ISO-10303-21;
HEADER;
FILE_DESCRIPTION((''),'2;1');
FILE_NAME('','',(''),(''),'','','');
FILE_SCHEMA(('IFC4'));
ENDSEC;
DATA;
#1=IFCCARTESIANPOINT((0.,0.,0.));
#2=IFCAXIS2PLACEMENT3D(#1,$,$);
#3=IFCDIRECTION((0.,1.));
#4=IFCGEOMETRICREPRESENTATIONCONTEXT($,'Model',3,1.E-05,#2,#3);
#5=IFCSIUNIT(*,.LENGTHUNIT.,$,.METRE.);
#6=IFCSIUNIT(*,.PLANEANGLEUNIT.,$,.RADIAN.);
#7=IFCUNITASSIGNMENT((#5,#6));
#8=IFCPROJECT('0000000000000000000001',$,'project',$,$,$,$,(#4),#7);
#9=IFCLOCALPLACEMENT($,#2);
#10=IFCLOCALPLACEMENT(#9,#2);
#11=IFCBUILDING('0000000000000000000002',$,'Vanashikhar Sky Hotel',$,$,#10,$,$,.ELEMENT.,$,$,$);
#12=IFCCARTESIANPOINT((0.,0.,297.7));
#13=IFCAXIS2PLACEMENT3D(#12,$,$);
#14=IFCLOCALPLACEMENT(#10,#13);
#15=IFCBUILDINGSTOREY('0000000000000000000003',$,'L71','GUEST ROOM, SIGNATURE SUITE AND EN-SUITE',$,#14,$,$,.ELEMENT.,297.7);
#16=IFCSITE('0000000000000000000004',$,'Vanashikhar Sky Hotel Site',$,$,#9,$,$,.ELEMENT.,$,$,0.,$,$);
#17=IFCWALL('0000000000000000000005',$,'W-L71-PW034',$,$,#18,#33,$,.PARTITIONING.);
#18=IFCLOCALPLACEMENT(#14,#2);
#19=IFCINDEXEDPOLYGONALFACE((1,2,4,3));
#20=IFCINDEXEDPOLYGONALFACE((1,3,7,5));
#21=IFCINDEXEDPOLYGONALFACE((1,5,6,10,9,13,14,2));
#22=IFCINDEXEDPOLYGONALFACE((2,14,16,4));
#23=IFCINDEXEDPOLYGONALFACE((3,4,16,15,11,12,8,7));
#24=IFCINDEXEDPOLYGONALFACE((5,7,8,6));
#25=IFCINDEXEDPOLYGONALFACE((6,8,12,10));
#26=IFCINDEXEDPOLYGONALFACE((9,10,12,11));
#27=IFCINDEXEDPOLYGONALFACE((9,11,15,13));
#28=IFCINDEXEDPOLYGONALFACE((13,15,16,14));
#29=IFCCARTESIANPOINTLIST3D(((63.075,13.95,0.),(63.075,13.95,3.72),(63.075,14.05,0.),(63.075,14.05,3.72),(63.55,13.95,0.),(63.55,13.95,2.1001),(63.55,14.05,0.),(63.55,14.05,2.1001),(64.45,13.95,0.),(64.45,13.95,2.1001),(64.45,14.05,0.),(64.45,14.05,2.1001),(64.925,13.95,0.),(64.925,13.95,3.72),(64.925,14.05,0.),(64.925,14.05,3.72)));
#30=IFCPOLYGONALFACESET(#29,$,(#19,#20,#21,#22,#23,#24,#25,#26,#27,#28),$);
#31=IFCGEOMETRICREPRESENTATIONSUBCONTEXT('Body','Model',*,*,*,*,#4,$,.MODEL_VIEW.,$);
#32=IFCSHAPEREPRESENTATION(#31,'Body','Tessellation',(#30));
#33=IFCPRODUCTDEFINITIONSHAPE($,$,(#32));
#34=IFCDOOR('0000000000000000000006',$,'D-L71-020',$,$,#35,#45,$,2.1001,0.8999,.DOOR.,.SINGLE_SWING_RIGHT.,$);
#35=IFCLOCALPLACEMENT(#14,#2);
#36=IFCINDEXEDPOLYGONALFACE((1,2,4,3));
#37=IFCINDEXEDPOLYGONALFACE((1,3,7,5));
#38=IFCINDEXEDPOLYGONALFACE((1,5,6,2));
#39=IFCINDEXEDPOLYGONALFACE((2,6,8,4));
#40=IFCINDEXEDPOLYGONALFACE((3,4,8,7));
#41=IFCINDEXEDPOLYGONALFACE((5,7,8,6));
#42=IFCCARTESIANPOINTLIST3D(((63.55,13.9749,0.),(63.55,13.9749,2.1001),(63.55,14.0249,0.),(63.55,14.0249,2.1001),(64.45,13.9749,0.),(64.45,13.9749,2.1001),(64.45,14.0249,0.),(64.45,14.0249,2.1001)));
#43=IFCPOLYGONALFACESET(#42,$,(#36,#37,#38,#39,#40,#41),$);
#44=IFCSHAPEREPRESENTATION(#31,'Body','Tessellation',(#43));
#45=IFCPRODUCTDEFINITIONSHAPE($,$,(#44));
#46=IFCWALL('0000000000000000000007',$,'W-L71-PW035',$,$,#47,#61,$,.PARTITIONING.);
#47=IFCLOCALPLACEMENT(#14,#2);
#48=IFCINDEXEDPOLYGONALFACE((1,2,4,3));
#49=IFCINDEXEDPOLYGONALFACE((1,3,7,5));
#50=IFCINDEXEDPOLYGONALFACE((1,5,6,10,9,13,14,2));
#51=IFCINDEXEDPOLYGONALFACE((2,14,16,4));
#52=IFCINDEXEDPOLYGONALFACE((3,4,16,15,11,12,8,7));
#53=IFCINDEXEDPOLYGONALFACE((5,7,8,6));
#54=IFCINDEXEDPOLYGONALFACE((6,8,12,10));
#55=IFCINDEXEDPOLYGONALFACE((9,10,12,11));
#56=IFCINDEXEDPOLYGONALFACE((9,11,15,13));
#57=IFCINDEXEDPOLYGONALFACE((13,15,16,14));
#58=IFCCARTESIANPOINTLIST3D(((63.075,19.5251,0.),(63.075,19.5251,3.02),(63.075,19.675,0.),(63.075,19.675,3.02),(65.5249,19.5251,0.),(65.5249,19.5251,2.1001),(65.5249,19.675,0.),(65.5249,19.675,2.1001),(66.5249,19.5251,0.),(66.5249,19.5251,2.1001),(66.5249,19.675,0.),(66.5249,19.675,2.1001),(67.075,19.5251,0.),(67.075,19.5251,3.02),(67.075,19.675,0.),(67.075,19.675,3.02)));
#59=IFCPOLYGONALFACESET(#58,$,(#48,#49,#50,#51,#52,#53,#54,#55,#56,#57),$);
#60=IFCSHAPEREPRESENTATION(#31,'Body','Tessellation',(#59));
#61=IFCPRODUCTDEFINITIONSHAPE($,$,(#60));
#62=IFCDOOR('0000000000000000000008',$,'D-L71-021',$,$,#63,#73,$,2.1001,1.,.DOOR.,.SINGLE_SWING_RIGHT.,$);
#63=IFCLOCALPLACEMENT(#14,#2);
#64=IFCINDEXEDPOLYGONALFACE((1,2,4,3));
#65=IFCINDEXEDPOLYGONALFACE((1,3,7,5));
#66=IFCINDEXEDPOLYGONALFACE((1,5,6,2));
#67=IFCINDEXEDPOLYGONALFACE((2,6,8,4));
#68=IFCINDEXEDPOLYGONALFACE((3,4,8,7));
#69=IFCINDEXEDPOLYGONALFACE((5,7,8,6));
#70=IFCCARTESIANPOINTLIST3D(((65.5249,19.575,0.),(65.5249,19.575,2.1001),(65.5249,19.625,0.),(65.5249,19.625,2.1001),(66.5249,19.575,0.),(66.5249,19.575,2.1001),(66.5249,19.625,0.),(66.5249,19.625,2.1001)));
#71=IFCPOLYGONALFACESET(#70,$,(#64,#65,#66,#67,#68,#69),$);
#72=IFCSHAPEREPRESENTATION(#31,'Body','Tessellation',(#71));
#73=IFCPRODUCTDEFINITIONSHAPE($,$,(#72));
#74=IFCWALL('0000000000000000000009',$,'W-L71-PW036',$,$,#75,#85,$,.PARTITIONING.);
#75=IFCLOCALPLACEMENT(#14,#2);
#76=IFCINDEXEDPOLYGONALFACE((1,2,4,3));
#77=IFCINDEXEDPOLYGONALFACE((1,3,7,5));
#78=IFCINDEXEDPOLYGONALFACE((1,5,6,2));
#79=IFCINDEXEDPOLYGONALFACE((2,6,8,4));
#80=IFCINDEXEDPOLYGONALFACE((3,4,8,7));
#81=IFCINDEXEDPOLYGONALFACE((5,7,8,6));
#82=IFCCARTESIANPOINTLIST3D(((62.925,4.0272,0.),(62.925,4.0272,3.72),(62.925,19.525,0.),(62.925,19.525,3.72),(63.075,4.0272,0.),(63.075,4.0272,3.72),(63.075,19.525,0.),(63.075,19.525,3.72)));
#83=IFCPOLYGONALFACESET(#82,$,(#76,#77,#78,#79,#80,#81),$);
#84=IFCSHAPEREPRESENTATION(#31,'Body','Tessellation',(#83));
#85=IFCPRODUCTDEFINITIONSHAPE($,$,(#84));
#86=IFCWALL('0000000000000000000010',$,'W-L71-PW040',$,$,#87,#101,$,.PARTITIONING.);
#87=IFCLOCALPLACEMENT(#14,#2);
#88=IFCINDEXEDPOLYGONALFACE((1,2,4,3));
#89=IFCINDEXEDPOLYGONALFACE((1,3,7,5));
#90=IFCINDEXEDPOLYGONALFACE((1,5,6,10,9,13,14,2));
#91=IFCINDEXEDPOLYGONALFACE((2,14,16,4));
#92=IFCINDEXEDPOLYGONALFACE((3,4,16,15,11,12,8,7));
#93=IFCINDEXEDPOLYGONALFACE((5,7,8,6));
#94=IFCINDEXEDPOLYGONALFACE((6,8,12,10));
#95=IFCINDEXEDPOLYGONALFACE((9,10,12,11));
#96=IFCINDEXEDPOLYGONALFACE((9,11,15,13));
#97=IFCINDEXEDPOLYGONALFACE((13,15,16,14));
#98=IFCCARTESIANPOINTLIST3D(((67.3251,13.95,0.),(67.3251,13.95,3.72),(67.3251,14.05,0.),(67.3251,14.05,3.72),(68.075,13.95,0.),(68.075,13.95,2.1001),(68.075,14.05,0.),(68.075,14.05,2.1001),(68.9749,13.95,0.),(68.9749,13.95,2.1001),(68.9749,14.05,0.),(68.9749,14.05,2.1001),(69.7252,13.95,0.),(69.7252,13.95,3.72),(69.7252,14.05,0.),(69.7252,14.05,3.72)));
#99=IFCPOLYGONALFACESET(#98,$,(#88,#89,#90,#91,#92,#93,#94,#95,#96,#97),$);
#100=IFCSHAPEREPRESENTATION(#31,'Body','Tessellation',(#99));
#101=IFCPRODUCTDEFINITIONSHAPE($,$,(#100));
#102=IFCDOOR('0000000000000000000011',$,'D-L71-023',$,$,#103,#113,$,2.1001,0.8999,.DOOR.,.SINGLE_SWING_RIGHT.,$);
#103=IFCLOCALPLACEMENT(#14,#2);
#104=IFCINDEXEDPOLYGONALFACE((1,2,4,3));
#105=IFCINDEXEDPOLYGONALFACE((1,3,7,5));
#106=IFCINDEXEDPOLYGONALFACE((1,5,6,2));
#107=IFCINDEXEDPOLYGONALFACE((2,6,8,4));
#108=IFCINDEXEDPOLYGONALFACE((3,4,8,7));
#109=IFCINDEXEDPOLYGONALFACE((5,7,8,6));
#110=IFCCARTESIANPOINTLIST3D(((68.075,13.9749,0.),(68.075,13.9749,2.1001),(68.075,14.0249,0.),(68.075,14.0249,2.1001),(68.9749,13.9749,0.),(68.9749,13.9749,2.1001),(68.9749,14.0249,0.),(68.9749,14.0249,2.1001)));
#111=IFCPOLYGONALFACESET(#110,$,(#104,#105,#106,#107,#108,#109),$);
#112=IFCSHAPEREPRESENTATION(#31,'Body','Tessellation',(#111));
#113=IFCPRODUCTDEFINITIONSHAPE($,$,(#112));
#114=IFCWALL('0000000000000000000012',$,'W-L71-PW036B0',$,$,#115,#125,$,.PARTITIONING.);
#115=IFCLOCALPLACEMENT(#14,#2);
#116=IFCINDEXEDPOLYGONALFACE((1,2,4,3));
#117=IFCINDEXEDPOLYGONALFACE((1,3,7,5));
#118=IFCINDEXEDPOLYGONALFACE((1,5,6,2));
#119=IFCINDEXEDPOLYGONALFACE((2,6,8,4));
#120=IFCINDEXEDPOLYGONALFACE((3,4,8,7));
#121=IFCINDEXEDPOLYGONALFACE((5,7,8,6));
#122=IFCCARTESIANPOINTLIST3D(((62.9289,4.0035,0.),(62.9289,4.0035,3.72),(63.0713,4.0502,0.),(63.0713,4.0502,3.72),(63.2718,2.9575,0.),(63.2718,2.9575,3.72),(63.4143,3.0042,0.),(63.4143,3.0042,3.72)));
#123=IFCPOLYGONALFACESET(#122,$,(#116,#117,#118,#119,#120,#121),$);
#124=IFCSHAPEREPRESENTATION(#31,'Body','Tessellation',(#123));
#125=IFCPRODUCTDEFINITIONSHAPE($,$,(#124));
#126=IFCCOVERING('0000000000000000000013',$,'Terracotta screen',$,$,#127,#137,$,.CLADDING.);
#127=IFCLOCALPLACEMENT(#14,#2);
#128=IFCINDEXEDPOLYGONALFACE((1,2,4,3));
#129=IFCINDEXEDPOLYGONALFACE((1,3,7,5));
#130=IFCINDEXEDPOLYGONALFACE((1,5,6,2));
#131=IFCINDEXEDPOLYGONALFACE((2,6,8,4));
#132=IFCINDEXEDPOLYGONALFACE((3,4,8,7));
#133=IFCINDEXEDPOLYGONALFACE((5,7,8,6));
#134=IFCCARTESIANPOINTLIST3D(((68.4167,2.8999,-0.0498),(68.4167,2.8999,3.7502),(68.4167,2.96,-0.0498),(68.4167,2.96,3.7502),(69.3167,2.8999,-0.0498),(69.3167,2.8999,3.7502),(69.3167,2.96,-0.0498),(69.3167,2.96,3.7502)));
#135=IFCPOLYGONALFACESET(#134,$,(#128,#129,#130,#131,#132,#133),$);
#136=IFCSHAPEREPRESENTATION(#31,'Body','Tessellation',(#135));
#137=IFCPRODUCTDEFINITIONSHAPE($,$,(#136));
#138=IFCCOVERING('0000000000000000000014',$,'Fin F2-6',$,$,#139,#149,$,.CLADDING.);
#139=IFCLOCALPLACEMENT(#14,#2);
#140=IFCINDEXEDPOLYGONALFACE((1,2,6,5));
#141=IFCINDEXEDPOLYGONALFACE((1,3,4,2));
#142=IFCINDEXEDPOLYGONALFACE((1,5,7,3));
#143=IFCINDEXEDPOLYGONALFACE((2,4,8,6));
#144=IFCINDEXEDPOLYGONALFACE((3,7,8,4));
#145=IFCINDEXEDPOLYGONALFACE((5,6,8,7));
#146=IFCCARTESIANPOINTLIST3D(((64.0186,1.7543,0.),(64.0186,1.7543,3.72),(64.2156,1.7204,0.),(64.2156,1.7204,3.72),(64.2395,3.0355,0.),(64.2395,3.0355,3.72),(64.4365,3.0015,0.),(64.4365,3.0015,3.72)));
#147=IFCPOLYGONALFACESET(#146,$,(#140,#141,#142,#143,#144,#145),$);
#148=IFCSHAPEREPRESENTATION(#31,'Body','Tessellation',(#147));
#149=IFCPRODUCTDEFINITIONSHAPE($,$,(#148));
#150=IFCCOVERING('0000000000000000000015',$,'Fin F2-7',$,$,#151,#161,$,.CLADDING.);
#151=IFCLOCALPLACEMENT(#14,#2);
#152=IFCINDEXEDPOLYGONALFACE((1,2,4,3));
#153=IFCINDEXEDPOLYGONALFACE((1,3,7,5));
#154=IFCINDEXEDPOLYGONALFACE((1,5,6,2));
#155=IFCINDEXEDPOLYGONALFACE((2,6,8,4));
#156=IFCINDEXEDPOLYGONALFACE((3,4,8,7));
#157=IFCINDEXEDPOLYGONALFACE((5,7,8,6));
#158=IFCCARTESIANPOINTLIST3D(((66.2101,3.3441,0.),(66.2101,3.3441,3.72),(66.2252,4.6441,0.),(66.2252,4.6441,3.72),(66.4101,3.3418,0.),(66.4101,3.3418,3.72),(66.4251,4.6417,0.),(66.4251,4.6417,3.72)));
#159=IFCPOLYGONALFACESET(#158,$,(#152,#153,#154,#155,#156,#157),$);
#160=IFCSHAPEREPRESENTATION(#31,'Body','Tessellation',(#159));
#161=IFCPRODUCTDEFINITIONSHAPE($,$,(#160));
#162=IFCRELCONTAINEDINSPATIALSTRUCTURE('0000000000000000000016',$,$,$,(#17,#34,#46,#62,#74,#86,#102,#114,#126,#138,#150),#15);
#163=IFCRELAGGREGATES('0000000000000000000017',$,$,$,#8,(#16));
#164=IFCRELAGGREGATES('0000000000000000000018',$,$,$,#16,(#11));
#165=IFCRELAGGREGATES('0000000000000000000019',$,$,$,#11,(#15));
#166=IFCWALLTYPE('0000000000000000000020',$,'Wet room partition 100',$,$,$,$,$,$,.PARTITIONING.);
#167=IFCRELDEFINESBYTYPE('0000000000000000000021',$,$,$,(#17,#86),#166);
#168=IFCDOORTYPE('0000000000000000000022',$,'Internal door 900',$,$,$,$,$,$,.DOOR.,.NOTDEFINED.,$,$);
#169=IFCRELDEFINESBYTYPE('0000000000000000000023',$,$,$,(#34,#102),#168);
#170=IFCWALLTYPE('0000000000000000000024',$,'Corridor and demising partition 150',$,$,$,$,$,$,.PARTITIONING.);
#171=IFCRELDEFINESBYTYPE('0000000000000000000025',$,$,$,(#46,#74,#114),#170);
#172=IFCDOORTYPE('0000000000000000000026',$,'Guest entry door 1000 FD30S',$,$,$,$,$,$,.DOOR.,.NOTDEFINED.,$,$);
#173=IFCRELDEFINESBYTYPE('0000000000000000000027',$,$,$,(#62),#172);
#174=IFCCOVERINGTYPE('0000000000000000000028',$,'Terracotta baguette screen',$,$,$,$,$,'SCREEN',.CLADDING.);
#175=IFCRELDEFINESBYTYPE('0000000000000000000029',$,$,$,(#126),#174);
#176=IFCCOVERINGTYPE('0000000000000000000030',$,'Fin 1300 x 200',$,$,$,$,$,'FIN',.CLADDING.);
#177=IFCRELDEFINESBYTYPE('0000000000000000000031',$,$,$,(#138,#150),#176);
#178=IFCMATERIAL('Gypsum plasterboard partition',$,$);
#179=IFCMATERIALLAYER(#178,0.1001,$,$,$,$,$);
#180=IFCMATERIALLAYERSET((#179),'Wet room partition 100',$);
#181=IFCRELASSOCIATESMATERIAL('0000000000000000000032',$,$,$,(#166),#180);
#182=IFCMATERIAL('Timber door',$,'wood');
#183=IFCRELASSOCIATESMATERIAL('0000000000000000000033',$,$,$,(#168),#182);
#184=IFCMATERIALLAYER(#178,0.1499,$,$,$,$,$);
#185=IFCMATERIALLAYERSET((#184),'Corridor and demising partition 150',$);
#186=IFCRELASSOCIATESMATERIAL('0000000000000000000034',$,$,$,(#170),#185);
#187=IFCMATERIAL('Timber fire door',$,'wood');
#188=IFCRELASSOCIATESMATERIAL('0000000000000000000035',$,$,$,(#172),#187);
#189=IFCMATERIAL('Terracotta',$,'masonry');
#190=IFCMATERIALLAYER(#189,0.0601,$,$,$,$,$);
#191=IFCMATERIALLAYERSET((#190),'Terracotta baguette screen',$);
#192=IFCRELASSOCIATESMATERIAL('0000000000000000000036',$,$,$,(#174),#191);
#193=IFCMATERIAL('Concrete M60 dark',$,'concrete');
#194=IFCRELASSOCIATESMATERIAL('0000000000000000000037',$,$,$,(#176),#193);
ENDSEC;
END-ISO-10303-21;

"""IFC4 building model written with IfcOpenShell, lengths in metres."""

from ifc_helpers import new_model, si_unit, direction, frame, frame_2d, origin, origin_2d, place, context, subcontext, project, spatial, rectangle, extrude, source, transform, mapped, material, layer, layer_set, material_profile, profile_set, type_object, element, fill, save


model = new_model("IFC4")

# Units and contexts
model_context = context("Model", 3, precision=1e-05, world=origin(), true_north=direction((0.0, 1.0)))
body_context = subcontext(model_context, "Body", "Model", "MODEL_VIEW")
ifc_project = project(units=[si_unit("LENGTHUNIT", "METRE"), si_unit("PLANEANGLEUNIT", "RADIAN")], contexts=[model_context])

# Site, building, storey
site_placement = place(None, origin())
site = spatial("IfcSite", under=ifc_project, at=site_placement, Name="Vanashikhar Sky Hotel Site", CompositionType="ELEMENT", RefElevation=0.0)
building_placement = place(site_placement, origin())
building = spatial("IfcBuilding", under=site, at=building_placement, Name="Vanashikhar Sky Hotel", CompositionType="ELEMENT")
storey_placement = place(building_placement, frame((0.0, 0.0, 297.7)))
storey = spatial("IfcBuildingStorey", under=building, at=storey_placement, Name="L71", Description="GUEST ROOM, SIGNATURE SUITE AND EN-SUITE", CompositionType="ELEMENT", Elevation=297.7)

# Shared definitions
ifc_material_1 = material(Name="Gypsum plasterboard partition")
ifc_layer_1 = layer(ifc_material_1, 0.1001)
ifc_layer_set_1 = layer_set([ifc_layer_1], Name="Wet room partition 100")
wall_type_1 = type_object("IfcWallType", Name="Wet room partition 100", PredefinedType="PARTITIONING", material=ifc_layer_set_1)
shared_shape_1 = source(origin(), body_context, "Body", "SweptSolid", [
    extrude(rectangle(XDim=0.8999, YDim=2.1001, at=frame_2d((0.45, 1.05))), frame((0.0, 0.0601, 0.0), z_axis=(0.0, -1.0, 0.0), x_axis=(1.0, 0.0, 0.0)), (0.0, 0.0, 1.0), 0.1201),
])
ifc_material_2 = material(Name="Timber door", Category="wood")
door_type_1 = type_object("IfcDoorType", Name="Internal door 900", OperationType="NOTDEFINED", PredefinedType="DOOR", material=ifc_material_2)
shared_shape_2 = source(origin(), body_context, "Body", "SweptSolid", [
    extrude(rectangle(XDim=0.8999, YDim=2.1001, at=frame_2d((0.45, 1.05))), frame((0.0, 0.0249, 0.0), z_axis=(0.0, -1.0, 0.0), x_axis=(1.0, 0.0, 0.0)), (0.0, 0.0, 1.0), 0.05),
])

# Walls, openings, doors
shared_shape_3 = source(origin(), body_context, "Body", "SweptSolid", [
    extrude(rectangle(XDim=1.8501, YDim=0.1001, at=frame_2d((0.925, 0.0))), origin(), (0.0, 0.0, 1.0), 3.72),
])
wall_1_placement = place(storey_placement, frame((63.075, 14.0, 0.0), z_axis=(0.0, 0.0, 1.0), x_axis=(1.0, 0.0, 0.0)))
wall_1 = element("IfcWall", 1, at=wall_1_placement, inside=storey, type_object=wall_type_1, Name="W-L71-PW034", PredefinedType="PARTITIONING", context=body_context, shape_type="MappedRepresentation", body=[
    mapped(shared_shape_3, transform((0.0, 0.0, 0.0), scale=1.0)),
])
opening_1_placement = place(wall_1_placement, frame((0.4751, 0.0, 0.0)))
opening_1 = element("IfcOpeningElement", 2, at=opening_1_placement, cuts=wall_1, PredefinedType="OPENING", context=body_context, shape_type="MappedRepresentation", body=[
    mapped(shared_shape_1, transform((0.0, 0.0, 0.0), scale=1.0)),
])
door_1_placement = place(opening_1_placement, origin())
door_1 = element("IfcDoor", 3, at=door_1_placement, inside=storey, type_object=door_type_1, Name="D-L71-020", OperationType="SINGLE_SWING_RIGHT", OverallHeight=2.1001, OverallWidth=0.8999, PredefinedType="DOOR", context=body_context, shape_type="MappedRepresentation", body=[
    mapped(shared_shape_2, transform((0.0, 0.0, 0.0), scale=1.0)),
])
fill(opening_1, door_1)
ifc_layer_2 = layer(ifc_material_1, 0.1499)
ifc_layer_set_2 = layer_set([ifc_layer_2], Name="Corridor and demising partition 150")
wall_type_2 = type_object("IfcWallType", Name="Corridor and demising partition 150", PredefinedType="PARTITIONING", material=ifc_layer_set_2)
shared_shape_4 = source(origin(), body_context, "Body", "SweptSolid", [
    extrude(rectangle(XDim=4.0, YDim=0.1499, at=frame_2d((2.0, 0.0))), origin(), (0.0, 0.0, 1.0), 3.02),
])
wall_2_placement = place(storey_placement, frame((63.075, 19.6001, 0.0), z_axis=(0.0, 0.0, 1.0), x_axis=(1.0, 0.0, 0.0)))
wall_2 = element("IfcWall", 4, at=wall_2_placement, inside=storey, type_object=wall_type_2, Name="W-L71-PW035", PredefinedType="PARTITIONING", context=body_context, shape_type="MappedRepresentation", body=[
    mapped(shared_shape_4, transform((0.0, 0.0, 0.0), scale=1.0)),
])
shared_shape_5 = source(origin(), body_context, "Body", "SweptSolid", [
    extrude(rectangle(XDim=1.0, YDim=2.1001, at=frame_2d((0.5, 1.05))), frame((0.0, 0.085, 0.0), z_axis=(0.0, -1.0, 0.0), x_axis=(1.0, 0.0, 0.0)), (0.0, 0.0, 1.0), 0.1699),
])
opening_2_placement = place(wall_2_placement, frame((2.45, 0.0, 0.0)))
opening_2 = element("IfcOpeningElement", 5, at=opening_2_placement, cuts=wall_2, PredefinedType="OPENING", context=body_context, shape_type="MappedRepresentation", body=[
    mapped(shared_shape_5, transform((0.0, 0.0, 0.0), scale=1.0)),
])
ifc_material_3 = material(Name="Timber fire door", Category="wood")
door_type_2 = type_object("IfcDoorType", Name="Guest entry door 1000 FD30S", OperationType="NOTDEFINED", PredefinedType="DOOR", material=ifc_material_3)
shared_shape_6 = source(origin(), body_context, "Body", "SweptSolid", [
    extrude(rectangle(XDim=1.0, YDim=2.1001, at=frame_2d((0.5, 1.05))), frame((0.0, 0.0249, 0.0), z_axis=(0.0, -1.0, 0.0), x_axis=(1.0, 0.0, 0.0)), (0.0, 0.0, 1.0), 0.05),
])
door_2_placement = place(opening_2_placement, origin())
door_2 = element("IfcDoor", 6, at=door_2_placement, inside=storey, type_object=door_type_2, Name="D-L71-021", OperationType="SINGLE_SWING_RIGHT", OverallHeight=2.1001, OverallWidth=1.0, PredefinedType="DOOR", context=body_context, shape_type="MappedRepresentation", body=[
    mapped(shared_shape_6, transform((0.0, 0.0, 0.0), scale=1.0)),
])
fill(opening_2, door_2)

# Wall
shared_shape_7 = source(origin(), body_context, "Body", "SweptSolid", [
    extrude(rectangle(XDim=15.4978, YDim=0.1499, at=frame_2d((7.749, 0.0))), origin(), (0.0, 0.0, 1.0), 3.72),
])
wall_3_placement = place(storey_placement, frame((63.0, 4.0271, 0.0), z_axis=(0.0, 0.0, 1.0), x_axis=(0.0, 1.0, 0.0)))
element("IfcWall", 7, at=wall_3_placement, inside=storey, type_object=wall_type_2, Name="W-L71-PW036", PredefinedType="PARTITIONING", context=body_context, shape_type="MappedRepresentation", body=[
    mapped(shared_shape_7, transform((0.0, 0.0, 0.0), scale=1.0)),
])

# Wall, opening, door
shared_shape_8 = source(origin(), body_context, "Body", "SweptSolid", [
    extrude(rectangle(XDim=2.4001, YDim=0.1001, at=frame_2d((1.2002, 0.0))), origin(), (0.0, 0.0, 1.0), 3.72),
])
wall_4_placement = place(storey_placement, frame((67.325, 14.0, 0.0), z_axis=(0.0, 0.0, 1.0), x_axis=(1.0, 0.0, 0.0)))
wall_4 = element("IfcWall", 8, at=wall_4_placement, inside=storey, type_object=wall_type_1, Name="W-L71-PW040", PredefinedType="PARTITIONING", context=body_context, shape_type="MappedRepresentation", body=[
    mapped(shared_shape_8, transform((0.0, 0.0, 0.0), scale=1.0)),
])
opening_3_placement = place(wall_4_placement, frame((0.75, 0.0, 0.0)))
opening_3 = element("IfcOpeningElement", 9, at=opening_3_placement, cuts=wall_4, PredefinedType="OPENING", context=body_context, shape_type="MappedRepresentation", body=[
    mapped(shared_shape_1, transform((0.0, 0.0, 0.0), scale=1.0)),
])
door_3_placement = place(opening_3_placement, origin())
door_3 = element("IfcDoor", 10, at=door_3_placement, inside=storey, type_object=door_type_1, Name="D-L71-023", OperationType="SINGLE_SWING_RIGHT", OverallHeight=2.1001, OverallWidth=0.8999, PredefinedType="DOOR", context=body_context, shape_type="MappedRepresentation", body=[
    mapped(shared_shape_2, transform((0.0, 0.0, 0.0), scale=1.0)),
])
fill(opening_3, door_3)

# Wall
shared_shape_9 = source(origin(), body_context, "Body", "SweptSolid", [
    extrude(rectangle(XDim=1.1008, YDim=0.1499, at=frame_2d((0.5503, 0.0))), origin(), (0.0, 0.0, 1.0), 3.72),
])
wall_5_placement = place(storey_placement, frame((63.343, 2.981, 0.0), z_axis=(0.0, 0.0, 1.0), x_axis=(-0.311567, 0.950224, 0.0)))
element("IfcWall", 11, at=wall_5_placement, inside=storey, type_object=wall_type_2, Name="W-L71-PW036B0", PredefinedType="PARTITIONING", context=body_context, shape_type="MappedRepresentation", body=[
    mapped(shared_shape_9, transform((0.0, 0.0, 0.0), scale=1.0)),
])

# Coverings
ifc_material_4 = material(Name="Terracotta", Category="masonry")
ifc_layer_3 = layer(ifc_material_4, 0.0601)
ifc_layer_set_3 = layer_set([ifc_layer_3], Name="Terracotta baguette screen")
covering_type_1 = type_object("IfcCoveringType", Name="Terracotta baguette screen", ElementType="SCREEN", PredefinedType="CLADDING", material=ifc_layer_set_3)
shared_shape_10 = source(origin(), body_context, "Body", "SweptSolid", [
    extrude(rectangle(XDim=0.8999, YDim=0.0601, at=origin_2d()), origin(), (0.0, 0.0, 1.0), 3.8),
])
covering_placement = place(storey_placement, frame((68.8667, 2.9299, -0.0498), z_axis=(0.0, 0.0, 1.0), x_axis=(1.0, 0.0, 0.0)))
element("IfcCovering", 12, at=covering_placement, inside=storey, type_object=covering_type_1, Name="Terracotta screen", PredefinedType="CLADDING", context=body_context, shape_type="MappedRepresentation", body=[
    mapped(shared_shape_10, transform((0.0, 0.0, 0.0), scale=1.0)),
])
ifc_material_5 = material(Name="Concrete M60 dark", Category="concrete")
ifc_material_profile_1 = material_profile(ifc_material_5, rectangle(XDim=1.3, YDim=0.2, at=origin_2d()))
ifc_profile_set_1 = profile_set([ifc_material_profile_1], Name="Fin 1300 x 200")
covering_type_2 = type_object("IfcCoveringType", Name="Fin 1300 x 200", ElementType="FIN", PredefinedType="CLADDING", material=ifc_profile_set_1)
shared_shape_11 = source(origin(), body_context, "Body", "SweptSolid", [
    extrude(rectangle(XDim=1.3, YDim=0.2, at=origin_2d()), origin(), (0.0, 0.0, 1.0), 3.72),
])
for number, where, z_axis, x_axis, name in (
    (13, (64.2275, 2.3779, 0.0), (0.0, 0.0, 1.0), (-0.1699, -0.985461, 0.0), "Fin F2-6"),
    (14, (66.3176, 3.9929, 0.0), (0.0, 0.0, 1.0), (-0.011589, -0.999933, 0.0), "Fin F2-7"),
):
    element("IfcCovering", number, at=place(storey_placement, frame(where, z_axis=z_axis, x_axis=x_axis)), inside=storey, type_object=covering_type_2, Name=name, PredefinedType="CLADDING", context=body_context, shape_type="MappedRepresentation", body=[
        mapped(shared_shape_11, transform((0.0, 0.0, 0.0), scale=1.0)),
    ])

save(model, "model.ifc")
